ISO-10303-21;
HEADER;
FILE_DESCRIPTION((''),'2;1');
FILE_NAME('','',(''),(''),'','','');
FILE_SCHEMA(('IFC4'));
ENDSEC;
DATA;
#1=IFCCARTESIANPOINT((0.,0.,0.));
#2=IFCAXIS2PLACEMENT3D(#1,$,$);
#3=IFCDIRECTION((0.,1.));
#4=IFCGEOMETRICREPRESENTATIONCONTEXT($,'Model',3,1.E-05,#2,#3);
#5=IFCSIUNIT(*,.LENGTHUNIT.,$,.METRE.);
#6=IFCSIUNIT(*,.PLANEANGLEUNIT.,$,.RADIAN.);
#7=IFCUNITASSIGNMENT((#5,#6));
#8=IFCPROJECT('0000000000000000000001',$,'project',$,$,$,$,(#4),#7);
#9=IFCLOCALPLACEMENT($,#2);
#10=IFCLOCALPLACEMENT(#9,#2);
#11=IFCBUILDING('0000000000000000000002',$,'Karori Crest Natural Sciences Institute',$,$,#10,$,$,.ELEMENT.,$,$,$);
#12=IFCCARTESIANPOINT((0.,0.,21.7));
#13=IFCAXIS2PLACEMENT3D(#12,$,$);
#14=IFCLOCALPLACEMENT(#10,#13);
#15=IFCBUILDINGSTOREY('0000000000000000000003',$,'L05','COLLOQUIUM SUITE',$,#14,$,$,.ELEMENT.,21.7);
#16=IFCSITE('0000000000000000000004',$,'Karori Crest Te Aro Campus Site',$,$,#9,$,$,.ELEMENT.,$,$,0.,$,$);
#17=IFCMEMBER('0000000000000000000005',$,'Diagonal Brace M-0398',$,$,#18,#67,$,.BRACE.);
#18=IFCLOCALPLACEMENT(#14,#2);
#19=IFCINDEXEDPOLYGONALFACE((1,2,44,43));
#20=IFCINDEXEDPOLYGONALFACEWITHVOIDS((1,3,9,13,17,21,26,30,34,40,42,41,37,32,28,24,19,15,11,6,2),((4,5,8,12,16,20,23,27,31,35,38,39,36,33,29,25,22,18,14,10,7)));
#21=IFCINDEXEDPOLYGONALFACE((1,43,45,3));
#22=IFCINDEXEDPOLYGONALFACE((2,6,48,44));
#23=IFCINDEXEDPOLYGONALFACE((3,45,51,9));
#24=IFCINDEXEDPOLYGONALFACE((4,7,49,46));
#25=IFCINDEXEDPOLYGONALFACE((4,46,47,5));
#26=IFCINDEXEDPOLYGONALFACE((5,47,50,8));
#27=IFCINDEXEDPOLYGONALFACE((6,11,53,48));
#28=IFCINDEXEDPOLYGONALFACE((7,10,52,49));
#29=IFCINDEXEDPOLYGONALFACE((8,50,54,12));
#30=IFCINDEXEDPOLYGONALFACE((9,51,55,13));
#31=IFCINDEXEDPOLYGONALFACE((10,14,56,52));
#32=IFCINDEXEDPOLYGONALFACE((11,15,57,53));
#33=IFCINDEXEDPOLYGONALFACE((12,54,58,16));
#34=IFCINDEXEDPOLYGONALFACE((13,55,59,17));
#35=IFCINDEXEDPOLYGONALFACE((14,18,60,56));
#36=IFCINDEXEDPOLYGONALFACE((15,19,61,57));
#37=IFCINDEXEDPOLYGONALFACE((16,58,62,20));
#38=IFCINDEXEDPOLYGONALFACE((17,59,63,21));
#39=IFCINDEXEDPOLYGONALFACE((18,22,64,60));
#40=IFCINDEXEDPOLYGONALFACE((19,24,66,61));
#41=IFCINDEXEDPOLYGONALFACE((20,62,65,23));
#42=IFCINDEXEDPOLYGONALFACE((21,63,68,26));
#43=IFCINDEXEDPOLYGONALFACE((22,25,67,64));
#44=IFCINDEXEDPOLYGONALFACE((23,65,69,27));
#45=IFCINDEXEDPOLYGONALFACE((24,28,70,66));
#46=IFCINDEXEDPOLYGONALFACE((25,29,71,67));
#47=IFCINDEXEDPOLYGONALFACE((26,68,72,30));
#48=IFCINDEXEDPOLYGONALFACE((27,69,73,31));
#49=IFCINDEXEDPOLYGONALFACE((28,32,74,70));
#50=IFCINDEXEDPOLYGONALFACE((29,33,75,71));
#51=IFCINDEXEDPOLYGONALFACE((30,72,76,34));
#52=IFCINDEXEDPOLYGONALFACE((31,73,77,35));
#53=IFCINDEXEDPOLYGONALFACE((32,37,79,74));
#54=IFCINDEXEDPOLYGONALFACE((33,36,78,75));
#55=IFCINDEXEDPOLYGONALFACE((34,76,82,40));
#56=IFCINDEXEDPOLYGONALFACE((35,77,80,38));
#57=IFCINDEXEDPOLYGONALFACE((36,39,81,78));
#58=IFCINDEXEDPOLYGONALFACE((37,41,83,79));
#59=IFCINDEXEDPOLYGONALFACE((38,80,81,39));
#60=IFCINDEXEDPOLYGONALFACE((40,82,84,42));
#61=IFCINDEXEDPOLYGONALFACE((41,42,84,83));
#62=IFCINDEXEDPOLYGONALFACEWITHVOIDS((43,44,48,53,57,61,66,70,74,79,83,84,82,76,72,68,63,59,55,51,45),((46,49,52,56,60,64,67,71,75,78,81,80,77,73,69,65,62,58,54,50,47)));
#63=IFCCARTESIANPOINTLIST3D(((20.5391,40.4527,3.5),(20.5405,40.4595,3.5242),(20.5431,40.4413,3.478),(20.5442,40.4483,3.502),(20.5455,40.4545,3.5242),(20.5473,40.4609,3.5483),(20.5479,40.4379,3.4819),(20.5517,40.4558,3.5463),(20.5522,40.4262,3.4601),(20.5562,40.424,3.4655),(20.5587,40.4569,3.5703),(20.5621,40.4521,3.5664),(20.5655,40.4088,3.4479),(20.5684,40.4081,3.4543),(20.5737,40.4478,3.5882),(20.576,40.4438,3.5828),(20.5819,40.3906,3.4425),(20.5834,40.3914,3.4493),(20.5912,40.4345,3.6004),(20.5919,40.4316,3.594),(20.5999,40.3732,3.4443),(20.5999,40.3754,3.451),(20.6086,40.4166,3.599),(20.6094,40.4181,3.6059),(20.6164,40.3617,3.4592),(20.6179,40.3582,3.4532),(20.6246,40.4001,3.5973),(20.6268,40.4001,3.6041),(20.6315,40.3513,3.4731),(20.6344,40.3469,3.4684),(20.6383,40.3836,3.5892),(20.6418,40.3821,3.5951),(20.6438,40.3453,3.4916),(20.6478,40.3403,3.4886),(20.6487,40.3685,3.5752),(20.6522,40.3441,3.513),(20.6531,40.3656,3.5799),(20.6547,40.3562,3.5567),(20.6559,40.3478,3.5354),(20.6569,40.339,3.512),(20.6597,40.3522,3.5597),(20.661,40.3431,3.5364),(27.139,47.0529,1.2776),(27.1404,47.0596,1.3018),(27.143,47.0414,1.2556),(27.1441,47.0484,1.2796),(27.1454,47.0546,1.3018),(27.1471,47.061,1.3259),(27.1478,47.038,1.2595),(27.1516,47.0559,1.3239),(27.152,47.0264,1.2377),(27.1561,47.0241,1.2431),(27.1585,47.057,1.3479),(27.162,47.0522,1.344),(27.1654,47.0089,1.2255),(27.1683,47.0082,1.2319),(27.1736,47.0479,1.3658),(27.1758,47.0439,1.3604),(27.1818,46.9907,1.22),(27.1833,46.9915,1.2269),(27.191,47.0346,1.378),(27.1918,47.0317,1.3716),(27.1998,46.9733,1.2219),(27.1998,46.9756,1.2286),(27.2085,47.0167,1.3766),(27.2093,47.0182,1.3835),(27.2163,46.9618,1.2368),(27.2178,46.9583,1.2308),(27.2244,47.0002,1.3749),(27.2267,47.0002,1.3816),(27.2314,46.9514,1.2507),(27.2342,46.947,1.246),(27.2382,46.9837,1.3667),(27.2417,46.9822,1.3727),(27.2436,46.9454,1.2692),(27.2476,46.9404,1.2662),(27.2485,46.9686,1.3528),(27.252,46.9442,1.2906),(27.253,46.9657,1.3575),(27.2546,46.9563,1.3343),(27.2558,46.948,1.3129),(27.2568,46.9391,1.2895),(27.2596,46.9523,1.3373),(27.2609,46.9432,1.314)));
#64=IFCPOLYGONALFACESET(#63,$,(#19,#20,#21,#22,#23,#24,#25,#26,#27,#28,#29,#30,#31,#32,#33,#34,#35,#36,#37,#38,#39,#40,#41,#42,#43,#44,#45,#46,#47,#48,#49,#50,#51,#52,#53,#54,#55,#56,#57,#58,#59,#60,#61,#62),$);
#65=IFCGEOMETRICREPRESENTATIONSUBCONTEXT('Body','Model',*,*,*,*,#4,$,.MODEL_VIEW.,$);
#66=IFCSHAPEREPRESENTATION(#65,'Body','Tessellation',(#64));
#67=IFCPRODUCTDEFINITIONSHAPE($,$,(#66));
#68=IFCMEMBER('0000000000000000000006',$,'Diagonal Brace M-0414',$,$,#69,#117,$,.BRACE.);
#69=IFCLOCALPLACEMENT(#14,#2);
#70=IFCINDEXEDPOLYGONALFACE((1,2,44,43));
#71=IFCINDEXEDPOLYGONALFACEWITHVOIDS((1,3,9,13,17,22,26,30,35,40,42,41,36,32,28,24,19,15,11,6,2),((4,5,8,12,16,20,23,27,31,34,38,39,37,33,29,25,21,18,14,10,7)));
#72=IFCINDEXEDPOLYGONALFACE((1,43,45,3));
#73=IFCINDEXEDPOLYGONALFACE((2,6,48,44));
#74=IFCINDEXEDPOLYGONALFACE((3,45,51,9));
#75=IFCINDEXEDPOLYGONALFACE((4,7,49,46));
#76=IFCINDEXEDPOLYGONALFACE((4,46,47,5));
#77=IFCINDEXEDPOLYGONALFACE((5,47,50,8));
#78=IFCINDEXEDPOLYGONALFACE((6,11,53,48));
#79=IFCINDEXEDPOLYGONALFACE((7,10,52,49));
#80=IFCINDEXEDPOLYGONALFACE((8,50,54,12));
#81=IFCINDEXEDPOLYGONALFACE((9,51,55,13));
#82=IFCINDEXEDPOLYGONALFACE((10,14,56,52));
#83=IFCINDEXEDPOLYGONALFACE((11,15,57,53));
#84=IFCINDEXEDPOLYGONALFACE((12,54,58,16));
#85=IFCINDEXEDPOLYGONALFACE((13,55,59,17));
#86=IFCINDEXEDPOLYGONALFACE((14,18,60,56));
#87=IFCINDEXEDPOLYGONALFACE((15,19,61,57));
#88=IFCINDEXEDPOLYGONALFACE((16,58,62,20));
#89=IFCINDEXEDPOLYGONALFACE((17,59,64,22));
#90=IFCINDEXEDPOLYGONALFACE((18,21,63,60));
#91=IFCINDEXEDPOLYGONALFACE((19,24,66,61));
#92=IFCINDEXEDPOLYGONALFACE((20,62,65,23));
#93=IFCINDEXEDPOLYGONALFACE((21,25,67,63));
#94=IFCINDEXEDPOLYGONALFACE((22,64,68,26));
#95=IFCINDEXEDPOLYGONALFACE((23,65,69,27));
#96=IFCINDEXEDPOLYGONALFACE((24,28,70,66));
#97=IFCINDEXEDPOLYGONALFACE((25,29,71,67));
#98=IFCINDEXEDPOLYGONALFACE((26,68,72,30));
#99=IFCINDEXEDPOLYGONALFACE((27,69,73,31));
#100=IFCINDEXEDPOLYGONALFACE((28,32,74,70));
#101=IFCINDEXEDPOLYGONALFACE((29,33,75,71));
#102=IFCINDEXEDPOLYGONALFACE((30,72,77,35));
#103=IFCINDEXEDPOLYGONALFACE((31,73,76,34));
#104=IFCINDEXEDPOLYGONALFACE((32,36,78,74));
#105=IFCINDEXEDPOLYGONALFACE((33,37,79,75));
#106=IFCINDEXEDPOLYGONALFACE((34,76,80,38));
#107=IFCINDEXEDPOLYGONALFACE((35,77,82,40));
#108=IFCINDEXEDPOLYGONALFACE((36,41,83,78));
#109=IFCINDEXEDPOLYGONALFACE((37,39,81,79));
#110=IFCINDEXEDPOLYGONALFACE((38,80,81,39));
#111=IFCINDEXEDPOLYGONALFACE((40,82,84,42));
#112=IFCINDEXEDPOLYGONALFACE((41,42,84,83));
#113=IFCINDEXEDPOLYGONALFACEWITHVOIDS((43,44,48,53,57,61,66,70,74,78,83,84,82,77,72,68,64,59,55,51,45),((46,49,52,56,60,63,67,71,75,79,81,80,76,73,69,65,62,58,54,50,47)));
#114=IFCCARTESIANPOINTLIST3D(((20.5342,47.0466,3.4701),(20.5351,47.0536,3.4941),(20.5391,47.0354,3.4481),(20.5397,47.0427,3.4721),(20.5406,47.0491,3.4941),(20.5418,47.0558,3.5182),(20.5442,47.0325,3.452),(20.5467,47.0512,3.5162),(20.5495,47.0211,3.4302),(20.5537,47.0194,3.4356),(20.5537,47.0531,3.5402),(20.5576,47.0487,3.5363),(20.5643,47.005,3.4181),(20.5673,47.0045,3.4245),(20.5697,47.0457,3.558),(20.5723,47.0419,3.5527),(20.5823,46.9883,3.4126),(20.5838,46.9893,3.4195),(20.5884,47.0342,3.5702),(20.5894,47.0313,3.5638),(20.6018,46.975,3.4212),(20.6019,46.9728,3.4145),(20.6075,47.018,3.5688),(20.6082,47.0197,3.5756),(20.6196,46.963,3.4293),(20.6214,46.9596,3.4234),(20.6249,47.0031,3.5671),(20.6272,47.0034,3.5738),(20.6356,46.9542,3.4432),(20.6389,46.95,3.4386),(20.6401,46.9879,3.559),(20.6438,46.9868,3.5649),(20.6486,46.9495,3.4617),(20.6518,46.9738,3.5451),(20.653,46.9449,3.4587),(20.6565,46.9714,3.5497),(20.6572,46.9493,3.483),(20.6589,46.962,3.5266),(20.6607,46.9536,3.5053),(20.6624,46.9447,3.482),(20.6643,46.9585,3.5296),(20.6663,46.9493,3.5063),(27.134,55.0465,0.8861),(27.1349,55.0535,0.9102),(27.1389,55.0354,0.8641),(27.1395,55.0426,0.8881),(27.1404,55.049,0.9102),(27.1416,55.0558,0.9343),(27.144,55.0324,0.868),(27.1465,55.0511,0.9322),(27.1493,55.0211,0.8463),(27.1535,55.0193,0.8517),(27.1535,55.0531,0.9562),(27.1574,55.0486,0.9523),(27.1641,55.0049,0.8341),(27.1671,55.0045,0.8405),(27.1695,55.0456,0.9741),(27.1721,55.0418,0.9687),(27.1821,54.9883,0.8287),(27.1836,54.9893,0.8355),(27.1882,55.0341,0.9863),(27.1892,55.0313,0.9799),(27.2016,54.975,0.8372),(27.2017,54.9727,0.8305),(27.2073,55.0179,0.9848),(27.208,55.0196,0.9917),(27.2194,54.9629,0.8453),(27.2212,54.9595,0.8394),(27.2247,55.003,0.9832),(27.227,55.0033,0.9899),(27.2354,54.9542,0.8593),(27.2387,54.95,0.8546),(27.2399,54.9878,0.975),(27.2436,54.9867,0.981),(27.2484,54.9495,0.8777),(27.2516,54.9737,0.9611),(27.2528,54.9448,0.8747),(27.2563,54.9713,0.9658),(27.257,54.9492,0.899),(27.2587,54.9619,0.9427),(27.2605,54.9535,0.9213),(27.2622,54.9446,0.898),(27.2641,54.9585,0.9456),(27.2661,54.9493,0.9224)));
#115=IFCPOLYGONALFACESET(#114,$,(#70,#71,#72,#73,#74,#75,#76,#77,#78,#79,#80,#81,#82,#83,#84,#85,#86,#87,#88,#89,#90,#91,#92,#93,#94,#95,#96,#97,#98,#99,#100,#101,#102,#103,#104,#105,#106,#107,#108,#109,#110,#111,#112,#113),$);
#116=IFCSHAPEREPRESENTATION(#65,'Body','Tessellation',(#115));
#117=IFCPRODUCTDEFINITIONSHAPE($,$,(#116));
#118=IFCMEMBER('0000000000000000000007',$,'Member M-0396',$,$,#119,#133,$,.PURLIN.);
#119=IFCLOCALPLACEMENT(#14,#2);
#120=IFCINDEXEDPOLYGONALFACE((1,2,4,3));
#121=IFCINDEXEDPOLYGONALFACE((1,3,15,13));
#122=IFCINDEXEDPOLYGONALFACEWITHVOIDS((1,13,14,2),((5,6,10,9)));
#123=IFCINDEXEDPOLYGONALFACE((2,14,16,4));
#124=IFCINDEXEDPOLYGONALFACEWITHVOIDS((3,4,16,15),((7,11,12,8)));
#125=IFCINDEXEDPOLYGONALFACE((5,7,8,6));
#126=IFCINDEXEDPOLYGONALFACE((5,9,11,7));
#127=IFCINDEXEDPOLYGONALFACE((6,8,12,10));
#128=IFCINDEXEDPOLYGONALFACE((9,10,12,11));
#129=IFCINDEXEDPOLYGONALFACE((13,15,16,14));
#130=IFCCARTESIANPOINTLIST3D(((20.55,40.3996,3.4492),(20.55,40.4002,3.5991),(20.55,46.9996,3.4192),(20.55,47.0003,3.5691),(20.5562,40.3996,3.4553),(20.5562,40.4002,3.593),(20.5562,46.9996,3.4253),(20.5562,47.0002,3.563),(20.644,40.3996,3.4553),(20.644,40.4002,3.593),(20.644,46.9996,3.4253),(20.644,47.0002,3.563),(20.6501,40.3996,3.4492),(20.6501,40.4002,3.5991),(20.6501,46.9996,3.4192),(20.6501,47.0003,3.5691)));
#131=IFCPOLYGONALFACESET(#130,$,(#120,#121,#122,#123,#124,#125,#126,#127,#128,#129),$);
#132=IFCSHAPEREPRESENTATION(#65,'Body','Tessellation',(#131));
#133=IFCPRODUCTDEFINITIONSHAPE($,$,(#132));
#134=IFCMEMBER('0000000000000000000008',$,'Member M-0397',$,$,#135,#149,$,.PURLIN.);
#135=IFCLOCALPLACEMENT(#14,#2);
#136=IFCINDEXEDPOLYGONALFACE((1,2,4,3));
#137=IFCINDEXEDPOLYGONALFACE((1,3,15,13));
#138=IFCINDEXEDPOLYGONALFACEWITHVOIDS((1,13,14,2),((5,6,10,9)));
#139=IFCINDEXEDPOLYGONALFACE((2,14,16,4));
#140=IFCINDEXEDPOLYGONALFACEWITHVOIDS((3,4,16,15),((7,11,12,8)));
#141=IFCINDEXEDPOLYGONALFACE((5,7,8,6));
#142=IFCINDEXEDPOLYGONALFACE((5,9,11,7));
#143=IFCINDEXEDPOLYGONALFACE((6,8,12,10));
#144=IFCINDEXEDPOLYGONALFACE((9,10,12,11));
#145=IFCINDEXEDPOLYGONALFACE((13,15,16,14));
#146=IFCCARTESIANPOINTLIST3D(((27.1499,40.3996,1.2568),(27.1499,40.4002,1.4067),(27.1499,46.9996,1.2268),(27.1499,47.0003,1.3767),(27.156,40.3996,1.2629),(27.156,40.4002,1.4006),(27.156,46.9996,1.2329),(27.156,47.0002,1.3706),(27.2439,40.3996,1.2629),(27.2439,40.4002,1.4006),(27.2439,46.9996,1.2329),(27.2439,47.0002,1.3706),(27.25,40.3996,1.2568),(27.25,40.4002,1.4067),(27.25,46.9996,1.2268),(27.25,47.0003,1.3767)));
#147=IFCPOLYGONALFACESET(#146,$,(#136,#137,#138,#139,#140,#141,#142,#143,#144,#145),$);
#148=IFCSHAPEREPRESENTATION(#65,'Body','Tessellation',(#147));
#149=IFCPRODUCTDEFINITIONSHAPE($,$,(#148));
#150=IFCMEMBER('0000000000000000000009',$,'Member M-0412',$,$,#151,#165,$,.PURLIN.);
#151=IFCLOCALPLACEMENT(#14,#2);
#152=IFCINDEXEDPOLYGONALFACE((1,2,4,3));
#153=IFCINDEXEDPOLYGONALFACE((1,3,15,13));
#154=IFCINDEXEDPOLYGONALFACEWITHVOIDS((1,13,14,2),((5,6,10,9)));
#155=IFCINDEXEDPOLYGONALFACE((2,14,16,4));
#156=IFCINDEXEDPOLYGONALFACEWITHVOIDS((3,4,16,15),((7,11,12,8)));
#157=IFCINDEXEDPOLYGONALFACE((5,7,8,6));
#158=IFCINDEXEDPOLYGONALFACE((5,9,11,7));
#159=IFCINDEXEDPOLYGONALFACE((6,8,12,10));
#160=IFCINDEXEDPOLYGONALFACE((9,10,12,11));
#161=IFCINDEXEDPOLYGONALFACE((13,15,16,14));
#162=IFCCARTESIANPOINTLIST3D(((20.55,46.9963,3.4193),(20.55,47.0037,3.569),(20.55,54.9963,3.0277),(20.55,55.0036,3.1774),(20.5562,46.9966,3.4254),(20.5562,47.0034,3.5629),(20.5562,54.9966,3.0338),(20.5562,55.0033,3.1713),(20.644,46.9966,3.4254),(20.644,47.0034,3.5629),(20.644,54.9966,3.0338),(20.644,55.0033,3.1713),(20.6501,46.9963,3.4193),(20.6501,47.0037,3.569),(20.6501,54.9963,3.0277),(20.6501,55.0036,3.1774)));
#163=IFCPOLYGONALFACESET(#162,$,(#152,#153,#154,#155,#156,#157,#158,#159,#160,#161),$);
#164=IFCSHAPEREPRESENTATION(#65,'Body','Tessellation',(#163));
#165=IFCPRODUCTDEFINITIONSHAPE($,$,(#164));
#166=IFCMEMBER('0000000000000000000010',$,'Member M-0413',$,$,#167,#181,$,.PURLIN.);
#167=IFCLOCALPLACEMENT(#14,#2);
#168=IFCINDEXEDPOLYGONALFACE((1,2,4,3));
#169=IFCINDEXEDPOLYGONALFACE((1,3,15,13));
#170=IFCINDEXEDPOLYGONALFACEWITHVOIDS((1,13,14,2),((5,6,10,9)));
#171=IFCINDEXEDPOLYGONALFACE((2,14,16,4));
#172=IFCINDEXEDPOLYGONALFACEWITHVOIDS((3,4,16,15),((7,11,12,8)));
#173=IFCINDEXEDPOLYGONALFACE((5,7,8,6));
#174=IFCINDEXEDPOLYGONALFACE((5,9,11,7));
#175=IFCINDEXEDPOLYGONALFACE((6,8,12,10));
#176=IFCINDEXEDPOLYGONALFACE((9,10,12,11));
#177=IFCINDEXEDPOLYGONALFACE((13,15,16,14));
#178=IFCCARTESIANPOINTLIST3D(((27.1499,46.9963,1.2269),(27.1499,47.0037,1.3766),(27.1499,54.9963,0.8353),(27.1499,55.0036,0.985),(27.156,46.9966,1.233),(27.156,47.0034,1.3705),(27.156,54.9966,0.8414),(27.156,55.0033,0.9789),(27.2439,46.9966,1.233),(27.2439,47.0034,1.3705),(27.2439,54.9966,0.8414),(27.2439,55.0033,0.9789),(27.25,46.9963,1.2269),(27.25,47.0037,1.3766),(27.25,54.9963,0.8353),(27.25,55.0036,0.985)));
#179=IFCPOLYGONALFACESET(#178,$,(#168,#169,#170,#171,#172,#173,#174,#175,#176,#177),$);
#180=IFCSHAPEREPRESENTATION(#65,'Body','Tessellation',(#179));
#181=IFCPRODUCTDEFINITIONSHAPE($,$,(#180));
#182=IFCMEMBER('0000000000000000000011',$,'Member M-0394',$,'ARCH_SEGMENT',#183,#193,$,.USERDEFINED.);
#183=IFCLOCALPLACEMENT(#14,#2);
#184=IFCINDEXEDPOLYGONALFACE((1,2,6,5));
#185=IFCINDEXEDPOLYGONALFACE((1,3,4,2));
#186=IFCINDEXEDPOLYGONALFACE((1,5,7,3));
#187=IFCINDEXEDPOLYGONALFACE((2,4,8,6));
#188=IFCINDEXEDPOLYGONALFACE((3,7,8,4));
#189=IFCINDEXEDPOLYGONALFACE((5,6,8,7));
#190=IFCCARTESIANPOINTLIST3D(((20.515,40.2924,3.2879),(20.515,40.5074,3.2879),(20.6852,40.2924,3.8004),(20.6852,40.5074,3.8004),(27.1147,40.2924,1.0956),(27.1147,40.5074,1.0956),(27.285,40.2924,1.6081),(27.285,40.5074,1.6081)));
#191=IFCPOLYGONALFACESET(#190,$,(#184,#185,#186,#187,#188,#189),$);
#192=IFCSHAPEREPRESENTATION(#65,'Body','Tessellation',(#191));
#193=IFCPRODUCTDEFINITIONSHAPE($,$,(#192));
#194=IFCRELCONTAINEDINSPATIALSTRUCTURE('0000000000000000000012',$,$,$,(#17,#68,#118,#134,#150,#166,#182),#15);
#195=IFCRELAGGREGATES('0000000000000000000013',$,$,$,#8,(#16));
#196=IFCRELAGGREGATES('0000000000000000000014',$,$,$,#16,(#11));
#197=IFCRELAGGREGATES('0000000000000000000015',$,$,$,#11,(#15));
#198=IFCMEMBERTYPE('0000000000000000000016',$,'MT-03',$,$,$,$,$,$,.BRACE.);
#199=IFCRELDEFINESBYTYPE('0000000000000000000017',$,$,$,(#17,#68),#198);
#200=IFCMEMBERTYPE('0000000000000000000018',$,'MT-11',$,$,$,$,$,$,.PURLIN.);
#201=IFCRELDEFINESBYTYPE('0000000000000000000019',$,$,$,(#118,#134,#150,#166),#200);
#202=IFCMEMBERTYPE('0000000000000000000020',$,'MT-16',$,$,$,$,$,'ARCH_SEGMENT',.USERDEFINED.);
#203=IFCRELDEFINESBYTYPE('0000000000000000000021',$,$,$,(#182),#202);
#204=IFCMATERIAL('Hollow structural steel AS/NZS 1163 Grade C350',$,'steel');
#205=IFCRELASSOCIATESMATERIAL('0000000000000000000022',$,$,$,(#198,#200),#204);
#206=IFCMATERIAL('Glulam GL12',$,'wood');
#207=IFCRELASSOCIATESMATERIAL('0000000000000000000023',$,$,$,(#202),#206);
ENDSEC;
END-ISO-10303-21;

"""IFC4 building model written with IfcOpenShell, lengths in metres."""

from ifc_helpers import new_model, si_unit, direction, frame, origin, origin_2d, place, context, subcontext, project, spatial, rectangle, hollow_rectangle, hollow_circle, extrude, material, material_profile, profile_set, type_object, element, save


model = new_model("IFC4")

# Units and contexts
model_context = context("Model", 3, precision=1e-05, world=origin(), true_north=direction((0.0, 1.0)))
body_context = subcontext(model_context, "Body", "Model", "MODEL_VIEW")
ifc_project = project(units=[si_unit("LENGTHUNIT", "METRE"), si_unit("PLANEANGLEUNIT", "RADIAN")], contexts=[model_context])

# Site, building, storey
site_placement = place(None, origin())
site = spatial("IfcSite", under=ifc_project, at=site_placement, Name="Karori Crest Te Aro Campus Site", CompositionType="ELEMENT", RefElevation=0.0)
building_placement = place(site_placement, origin())
building = spatial("IfcBuilding", under=site, at=building_placement, Name="Karori Crest Natural Sciences Institute", CompositionType="ELEMENT")
storey_placement = place(building_placement, frame((0.0, 0.0, 21.7)))
storey = spatial("IfcBuildingStorey", under=building, at=storey_placement, Name="L05", Description="COLLOQUIUM SUITE", CompositionType="ELEMENT", Elevation=21.7)

# Members
ifc_material_1 = material(Name="Hollow structural steel AS/NZS 1163 Grade C350", Category="steel")
ifc_material_profile_1 = material_profile(ifc_material_1, hollow_circle(Radius=0.0842, WallThickness=0.0071, at=origin_2d()), Name="CHS168.3x7.1")
ifc_profile_set_1 = profile_set([ifc_material_profile_1], Name="Hollow structural steel AS/NZS 1163 Grade C350")
member_type_1 = type_object("IfcMemberType", Name="MT-03", PredefinedType="BRACE", material=ifc_profile_set_1)
member_1_placement = place(storey_placement, frame((20.6001, 40.3999, 3.5242), z_axis=(0.687864, 0.687889, -0.231629), x_axis=(-0.70712, 0.707094, 0.0)))
element("IfcMember", 1, at=member_1_placement, inside=storey, type_object=member_type_1, Name="Diagonal Brace M-0398", PredefinedType="BRACE", context=body_context, shape_type="SweptSolid", body=[
    extrude(hollow_circle(Radius=0.0842, WallThickness=0.0071, at=origin_2d()), origin(), (0.0, 0.0, 1.0), 9.5947),
])
member_2_placement = place(storey_placement, frame((20.6001, 47.0, 3.4941), z_axis=(0.617497, 0.748497, -0.241763), x_axis=(-0.77138, 0.636375, 0.0)))
element("IfcMember", 2, at=member_2_placement, inside=storey, type_object=member_type_1, Name="Diagonal Brace M-0414", PredefinedType="BRACE", context=body_context, shape_type="SweptSolid", body=[
    extrude(hollow_circle(Radius=0.0842, WallThickness=0.0071, at=origin_2d()), origin(), (0.0, 0.0, 1.0), 10.688),
])
ifc_material_profile_2 = material_profile(ifc_material_1, hollow_rectangle(XDim=0.1001, YDim=0.1499, WallThickness=0.0061, at=origin_2d()), Name="RHS150x100x6")
ifc_profile_set_2 = profile_set([ifc_material_profile_2], Name="Hollow structural steel AS/NZS 1163 Grade C350")
member_type_2 = type_object("IfcMemberType", Name="MT-11", PredefinedType="PURLIN", material=ifc_profile_set_2)
for number, where, z_axis, x_axis, name in (
    (3, (20.6001, 40.3999, 3.5242), (0.0, 0.99999, -0.00455), (-1.0, 0.0, 0.0), "Member M-0396"),
    (4, (27.2, 40.3999, 1.3318), (0.0, 0.99999, -0.00455), (-1.0, 0.0, 0.0), "Member M-0397"),
):
    element("IfcMember", number, at=place(storey_placement, frame(where, z_axis=z_axis, x_axis=x_axis)), inside=storey, type_object=member_type_2, Name=name, PredefinedType="PURLIN", context=body_context, shape_type="SweptSolid", body=[
        extrude(hollow_rectangle(XDim=0.1001, YDim=0.1499, WallThickness=0.0061, at=origin_2d()), origin(), (0.0, 0.0, 1.0), 6.6001),
    ])
for number, where, z_axis, x_axis, name in (
    (5, (20.6001, 47.0, 3.4941), (0.0, 0.998804, -0.048892), (-1.0, 0.0, 0.0), "Member M-0412"),
    (6, (27.2, 47.0, 1.3018), (0.0, 0.998804, -0.048892), (-1.0, 0.0, 0.0), "Member M-0413"),
):
    element("IfcMember", number, at=place(storey_placement, frame(where, z_axis=z_axis, x_axis=x_axis)), inside=storey, type_object=member_type_2, Name=name, PredefinedType="PURLIN", context=body_context, shape_type="SweptSolid", body=[
        extrude(hollow_rectangle(XDim=0.1001, YDim=0.1499, WallThickness=0.0061, at=origin_2d()), origin(), (0.0, 0.0, 1.0), 8.0095),
    ])
ifc_material_2 = material(Name="Glulam GL12", Category="wood")
ifc_material_profile_3 = material_profile(ifc_material_2, rectangle(XDim=0.2151, YDim=0.54, at=origin_2d()), Name="GL215x540")
ifc_profile_set_3 = profile_set([ifc_material_profile_3], Name="Glulam GL12")
member_type_3 = type_object("IfcMemberType", Name="MT-16", ElementType="ARCH_SEGMENT", PredefinedType="USERDEFINED", material=ifc_profile_set_3)
for number, where, z_axis, x_axis, name in (
    (7, (20.6001, 40.3999, 3.5442), (0.949009, 0.0, -0.315248), (0.0, 1.0, 0.0), "Member M-0394"),
):
    element("IfcMember", number, at=place(storey_placement, frame(where, z_axis=z_axis, x_axis=x_axis)), inside=storey, type_object=member_type_3, Name=name, ObjectType="ARCH_SEGMENT", PredefinedType="USERDEFINED", context=body_context, shape_type="SweptSolid", body=[
        extrude(rectangle(XDim=0.2151, YDim=0.54, at=origin_2d()), origin(), (0.0, 0.0, 1.0), 6.9543),
    ])

save(model, "model.ifc")
